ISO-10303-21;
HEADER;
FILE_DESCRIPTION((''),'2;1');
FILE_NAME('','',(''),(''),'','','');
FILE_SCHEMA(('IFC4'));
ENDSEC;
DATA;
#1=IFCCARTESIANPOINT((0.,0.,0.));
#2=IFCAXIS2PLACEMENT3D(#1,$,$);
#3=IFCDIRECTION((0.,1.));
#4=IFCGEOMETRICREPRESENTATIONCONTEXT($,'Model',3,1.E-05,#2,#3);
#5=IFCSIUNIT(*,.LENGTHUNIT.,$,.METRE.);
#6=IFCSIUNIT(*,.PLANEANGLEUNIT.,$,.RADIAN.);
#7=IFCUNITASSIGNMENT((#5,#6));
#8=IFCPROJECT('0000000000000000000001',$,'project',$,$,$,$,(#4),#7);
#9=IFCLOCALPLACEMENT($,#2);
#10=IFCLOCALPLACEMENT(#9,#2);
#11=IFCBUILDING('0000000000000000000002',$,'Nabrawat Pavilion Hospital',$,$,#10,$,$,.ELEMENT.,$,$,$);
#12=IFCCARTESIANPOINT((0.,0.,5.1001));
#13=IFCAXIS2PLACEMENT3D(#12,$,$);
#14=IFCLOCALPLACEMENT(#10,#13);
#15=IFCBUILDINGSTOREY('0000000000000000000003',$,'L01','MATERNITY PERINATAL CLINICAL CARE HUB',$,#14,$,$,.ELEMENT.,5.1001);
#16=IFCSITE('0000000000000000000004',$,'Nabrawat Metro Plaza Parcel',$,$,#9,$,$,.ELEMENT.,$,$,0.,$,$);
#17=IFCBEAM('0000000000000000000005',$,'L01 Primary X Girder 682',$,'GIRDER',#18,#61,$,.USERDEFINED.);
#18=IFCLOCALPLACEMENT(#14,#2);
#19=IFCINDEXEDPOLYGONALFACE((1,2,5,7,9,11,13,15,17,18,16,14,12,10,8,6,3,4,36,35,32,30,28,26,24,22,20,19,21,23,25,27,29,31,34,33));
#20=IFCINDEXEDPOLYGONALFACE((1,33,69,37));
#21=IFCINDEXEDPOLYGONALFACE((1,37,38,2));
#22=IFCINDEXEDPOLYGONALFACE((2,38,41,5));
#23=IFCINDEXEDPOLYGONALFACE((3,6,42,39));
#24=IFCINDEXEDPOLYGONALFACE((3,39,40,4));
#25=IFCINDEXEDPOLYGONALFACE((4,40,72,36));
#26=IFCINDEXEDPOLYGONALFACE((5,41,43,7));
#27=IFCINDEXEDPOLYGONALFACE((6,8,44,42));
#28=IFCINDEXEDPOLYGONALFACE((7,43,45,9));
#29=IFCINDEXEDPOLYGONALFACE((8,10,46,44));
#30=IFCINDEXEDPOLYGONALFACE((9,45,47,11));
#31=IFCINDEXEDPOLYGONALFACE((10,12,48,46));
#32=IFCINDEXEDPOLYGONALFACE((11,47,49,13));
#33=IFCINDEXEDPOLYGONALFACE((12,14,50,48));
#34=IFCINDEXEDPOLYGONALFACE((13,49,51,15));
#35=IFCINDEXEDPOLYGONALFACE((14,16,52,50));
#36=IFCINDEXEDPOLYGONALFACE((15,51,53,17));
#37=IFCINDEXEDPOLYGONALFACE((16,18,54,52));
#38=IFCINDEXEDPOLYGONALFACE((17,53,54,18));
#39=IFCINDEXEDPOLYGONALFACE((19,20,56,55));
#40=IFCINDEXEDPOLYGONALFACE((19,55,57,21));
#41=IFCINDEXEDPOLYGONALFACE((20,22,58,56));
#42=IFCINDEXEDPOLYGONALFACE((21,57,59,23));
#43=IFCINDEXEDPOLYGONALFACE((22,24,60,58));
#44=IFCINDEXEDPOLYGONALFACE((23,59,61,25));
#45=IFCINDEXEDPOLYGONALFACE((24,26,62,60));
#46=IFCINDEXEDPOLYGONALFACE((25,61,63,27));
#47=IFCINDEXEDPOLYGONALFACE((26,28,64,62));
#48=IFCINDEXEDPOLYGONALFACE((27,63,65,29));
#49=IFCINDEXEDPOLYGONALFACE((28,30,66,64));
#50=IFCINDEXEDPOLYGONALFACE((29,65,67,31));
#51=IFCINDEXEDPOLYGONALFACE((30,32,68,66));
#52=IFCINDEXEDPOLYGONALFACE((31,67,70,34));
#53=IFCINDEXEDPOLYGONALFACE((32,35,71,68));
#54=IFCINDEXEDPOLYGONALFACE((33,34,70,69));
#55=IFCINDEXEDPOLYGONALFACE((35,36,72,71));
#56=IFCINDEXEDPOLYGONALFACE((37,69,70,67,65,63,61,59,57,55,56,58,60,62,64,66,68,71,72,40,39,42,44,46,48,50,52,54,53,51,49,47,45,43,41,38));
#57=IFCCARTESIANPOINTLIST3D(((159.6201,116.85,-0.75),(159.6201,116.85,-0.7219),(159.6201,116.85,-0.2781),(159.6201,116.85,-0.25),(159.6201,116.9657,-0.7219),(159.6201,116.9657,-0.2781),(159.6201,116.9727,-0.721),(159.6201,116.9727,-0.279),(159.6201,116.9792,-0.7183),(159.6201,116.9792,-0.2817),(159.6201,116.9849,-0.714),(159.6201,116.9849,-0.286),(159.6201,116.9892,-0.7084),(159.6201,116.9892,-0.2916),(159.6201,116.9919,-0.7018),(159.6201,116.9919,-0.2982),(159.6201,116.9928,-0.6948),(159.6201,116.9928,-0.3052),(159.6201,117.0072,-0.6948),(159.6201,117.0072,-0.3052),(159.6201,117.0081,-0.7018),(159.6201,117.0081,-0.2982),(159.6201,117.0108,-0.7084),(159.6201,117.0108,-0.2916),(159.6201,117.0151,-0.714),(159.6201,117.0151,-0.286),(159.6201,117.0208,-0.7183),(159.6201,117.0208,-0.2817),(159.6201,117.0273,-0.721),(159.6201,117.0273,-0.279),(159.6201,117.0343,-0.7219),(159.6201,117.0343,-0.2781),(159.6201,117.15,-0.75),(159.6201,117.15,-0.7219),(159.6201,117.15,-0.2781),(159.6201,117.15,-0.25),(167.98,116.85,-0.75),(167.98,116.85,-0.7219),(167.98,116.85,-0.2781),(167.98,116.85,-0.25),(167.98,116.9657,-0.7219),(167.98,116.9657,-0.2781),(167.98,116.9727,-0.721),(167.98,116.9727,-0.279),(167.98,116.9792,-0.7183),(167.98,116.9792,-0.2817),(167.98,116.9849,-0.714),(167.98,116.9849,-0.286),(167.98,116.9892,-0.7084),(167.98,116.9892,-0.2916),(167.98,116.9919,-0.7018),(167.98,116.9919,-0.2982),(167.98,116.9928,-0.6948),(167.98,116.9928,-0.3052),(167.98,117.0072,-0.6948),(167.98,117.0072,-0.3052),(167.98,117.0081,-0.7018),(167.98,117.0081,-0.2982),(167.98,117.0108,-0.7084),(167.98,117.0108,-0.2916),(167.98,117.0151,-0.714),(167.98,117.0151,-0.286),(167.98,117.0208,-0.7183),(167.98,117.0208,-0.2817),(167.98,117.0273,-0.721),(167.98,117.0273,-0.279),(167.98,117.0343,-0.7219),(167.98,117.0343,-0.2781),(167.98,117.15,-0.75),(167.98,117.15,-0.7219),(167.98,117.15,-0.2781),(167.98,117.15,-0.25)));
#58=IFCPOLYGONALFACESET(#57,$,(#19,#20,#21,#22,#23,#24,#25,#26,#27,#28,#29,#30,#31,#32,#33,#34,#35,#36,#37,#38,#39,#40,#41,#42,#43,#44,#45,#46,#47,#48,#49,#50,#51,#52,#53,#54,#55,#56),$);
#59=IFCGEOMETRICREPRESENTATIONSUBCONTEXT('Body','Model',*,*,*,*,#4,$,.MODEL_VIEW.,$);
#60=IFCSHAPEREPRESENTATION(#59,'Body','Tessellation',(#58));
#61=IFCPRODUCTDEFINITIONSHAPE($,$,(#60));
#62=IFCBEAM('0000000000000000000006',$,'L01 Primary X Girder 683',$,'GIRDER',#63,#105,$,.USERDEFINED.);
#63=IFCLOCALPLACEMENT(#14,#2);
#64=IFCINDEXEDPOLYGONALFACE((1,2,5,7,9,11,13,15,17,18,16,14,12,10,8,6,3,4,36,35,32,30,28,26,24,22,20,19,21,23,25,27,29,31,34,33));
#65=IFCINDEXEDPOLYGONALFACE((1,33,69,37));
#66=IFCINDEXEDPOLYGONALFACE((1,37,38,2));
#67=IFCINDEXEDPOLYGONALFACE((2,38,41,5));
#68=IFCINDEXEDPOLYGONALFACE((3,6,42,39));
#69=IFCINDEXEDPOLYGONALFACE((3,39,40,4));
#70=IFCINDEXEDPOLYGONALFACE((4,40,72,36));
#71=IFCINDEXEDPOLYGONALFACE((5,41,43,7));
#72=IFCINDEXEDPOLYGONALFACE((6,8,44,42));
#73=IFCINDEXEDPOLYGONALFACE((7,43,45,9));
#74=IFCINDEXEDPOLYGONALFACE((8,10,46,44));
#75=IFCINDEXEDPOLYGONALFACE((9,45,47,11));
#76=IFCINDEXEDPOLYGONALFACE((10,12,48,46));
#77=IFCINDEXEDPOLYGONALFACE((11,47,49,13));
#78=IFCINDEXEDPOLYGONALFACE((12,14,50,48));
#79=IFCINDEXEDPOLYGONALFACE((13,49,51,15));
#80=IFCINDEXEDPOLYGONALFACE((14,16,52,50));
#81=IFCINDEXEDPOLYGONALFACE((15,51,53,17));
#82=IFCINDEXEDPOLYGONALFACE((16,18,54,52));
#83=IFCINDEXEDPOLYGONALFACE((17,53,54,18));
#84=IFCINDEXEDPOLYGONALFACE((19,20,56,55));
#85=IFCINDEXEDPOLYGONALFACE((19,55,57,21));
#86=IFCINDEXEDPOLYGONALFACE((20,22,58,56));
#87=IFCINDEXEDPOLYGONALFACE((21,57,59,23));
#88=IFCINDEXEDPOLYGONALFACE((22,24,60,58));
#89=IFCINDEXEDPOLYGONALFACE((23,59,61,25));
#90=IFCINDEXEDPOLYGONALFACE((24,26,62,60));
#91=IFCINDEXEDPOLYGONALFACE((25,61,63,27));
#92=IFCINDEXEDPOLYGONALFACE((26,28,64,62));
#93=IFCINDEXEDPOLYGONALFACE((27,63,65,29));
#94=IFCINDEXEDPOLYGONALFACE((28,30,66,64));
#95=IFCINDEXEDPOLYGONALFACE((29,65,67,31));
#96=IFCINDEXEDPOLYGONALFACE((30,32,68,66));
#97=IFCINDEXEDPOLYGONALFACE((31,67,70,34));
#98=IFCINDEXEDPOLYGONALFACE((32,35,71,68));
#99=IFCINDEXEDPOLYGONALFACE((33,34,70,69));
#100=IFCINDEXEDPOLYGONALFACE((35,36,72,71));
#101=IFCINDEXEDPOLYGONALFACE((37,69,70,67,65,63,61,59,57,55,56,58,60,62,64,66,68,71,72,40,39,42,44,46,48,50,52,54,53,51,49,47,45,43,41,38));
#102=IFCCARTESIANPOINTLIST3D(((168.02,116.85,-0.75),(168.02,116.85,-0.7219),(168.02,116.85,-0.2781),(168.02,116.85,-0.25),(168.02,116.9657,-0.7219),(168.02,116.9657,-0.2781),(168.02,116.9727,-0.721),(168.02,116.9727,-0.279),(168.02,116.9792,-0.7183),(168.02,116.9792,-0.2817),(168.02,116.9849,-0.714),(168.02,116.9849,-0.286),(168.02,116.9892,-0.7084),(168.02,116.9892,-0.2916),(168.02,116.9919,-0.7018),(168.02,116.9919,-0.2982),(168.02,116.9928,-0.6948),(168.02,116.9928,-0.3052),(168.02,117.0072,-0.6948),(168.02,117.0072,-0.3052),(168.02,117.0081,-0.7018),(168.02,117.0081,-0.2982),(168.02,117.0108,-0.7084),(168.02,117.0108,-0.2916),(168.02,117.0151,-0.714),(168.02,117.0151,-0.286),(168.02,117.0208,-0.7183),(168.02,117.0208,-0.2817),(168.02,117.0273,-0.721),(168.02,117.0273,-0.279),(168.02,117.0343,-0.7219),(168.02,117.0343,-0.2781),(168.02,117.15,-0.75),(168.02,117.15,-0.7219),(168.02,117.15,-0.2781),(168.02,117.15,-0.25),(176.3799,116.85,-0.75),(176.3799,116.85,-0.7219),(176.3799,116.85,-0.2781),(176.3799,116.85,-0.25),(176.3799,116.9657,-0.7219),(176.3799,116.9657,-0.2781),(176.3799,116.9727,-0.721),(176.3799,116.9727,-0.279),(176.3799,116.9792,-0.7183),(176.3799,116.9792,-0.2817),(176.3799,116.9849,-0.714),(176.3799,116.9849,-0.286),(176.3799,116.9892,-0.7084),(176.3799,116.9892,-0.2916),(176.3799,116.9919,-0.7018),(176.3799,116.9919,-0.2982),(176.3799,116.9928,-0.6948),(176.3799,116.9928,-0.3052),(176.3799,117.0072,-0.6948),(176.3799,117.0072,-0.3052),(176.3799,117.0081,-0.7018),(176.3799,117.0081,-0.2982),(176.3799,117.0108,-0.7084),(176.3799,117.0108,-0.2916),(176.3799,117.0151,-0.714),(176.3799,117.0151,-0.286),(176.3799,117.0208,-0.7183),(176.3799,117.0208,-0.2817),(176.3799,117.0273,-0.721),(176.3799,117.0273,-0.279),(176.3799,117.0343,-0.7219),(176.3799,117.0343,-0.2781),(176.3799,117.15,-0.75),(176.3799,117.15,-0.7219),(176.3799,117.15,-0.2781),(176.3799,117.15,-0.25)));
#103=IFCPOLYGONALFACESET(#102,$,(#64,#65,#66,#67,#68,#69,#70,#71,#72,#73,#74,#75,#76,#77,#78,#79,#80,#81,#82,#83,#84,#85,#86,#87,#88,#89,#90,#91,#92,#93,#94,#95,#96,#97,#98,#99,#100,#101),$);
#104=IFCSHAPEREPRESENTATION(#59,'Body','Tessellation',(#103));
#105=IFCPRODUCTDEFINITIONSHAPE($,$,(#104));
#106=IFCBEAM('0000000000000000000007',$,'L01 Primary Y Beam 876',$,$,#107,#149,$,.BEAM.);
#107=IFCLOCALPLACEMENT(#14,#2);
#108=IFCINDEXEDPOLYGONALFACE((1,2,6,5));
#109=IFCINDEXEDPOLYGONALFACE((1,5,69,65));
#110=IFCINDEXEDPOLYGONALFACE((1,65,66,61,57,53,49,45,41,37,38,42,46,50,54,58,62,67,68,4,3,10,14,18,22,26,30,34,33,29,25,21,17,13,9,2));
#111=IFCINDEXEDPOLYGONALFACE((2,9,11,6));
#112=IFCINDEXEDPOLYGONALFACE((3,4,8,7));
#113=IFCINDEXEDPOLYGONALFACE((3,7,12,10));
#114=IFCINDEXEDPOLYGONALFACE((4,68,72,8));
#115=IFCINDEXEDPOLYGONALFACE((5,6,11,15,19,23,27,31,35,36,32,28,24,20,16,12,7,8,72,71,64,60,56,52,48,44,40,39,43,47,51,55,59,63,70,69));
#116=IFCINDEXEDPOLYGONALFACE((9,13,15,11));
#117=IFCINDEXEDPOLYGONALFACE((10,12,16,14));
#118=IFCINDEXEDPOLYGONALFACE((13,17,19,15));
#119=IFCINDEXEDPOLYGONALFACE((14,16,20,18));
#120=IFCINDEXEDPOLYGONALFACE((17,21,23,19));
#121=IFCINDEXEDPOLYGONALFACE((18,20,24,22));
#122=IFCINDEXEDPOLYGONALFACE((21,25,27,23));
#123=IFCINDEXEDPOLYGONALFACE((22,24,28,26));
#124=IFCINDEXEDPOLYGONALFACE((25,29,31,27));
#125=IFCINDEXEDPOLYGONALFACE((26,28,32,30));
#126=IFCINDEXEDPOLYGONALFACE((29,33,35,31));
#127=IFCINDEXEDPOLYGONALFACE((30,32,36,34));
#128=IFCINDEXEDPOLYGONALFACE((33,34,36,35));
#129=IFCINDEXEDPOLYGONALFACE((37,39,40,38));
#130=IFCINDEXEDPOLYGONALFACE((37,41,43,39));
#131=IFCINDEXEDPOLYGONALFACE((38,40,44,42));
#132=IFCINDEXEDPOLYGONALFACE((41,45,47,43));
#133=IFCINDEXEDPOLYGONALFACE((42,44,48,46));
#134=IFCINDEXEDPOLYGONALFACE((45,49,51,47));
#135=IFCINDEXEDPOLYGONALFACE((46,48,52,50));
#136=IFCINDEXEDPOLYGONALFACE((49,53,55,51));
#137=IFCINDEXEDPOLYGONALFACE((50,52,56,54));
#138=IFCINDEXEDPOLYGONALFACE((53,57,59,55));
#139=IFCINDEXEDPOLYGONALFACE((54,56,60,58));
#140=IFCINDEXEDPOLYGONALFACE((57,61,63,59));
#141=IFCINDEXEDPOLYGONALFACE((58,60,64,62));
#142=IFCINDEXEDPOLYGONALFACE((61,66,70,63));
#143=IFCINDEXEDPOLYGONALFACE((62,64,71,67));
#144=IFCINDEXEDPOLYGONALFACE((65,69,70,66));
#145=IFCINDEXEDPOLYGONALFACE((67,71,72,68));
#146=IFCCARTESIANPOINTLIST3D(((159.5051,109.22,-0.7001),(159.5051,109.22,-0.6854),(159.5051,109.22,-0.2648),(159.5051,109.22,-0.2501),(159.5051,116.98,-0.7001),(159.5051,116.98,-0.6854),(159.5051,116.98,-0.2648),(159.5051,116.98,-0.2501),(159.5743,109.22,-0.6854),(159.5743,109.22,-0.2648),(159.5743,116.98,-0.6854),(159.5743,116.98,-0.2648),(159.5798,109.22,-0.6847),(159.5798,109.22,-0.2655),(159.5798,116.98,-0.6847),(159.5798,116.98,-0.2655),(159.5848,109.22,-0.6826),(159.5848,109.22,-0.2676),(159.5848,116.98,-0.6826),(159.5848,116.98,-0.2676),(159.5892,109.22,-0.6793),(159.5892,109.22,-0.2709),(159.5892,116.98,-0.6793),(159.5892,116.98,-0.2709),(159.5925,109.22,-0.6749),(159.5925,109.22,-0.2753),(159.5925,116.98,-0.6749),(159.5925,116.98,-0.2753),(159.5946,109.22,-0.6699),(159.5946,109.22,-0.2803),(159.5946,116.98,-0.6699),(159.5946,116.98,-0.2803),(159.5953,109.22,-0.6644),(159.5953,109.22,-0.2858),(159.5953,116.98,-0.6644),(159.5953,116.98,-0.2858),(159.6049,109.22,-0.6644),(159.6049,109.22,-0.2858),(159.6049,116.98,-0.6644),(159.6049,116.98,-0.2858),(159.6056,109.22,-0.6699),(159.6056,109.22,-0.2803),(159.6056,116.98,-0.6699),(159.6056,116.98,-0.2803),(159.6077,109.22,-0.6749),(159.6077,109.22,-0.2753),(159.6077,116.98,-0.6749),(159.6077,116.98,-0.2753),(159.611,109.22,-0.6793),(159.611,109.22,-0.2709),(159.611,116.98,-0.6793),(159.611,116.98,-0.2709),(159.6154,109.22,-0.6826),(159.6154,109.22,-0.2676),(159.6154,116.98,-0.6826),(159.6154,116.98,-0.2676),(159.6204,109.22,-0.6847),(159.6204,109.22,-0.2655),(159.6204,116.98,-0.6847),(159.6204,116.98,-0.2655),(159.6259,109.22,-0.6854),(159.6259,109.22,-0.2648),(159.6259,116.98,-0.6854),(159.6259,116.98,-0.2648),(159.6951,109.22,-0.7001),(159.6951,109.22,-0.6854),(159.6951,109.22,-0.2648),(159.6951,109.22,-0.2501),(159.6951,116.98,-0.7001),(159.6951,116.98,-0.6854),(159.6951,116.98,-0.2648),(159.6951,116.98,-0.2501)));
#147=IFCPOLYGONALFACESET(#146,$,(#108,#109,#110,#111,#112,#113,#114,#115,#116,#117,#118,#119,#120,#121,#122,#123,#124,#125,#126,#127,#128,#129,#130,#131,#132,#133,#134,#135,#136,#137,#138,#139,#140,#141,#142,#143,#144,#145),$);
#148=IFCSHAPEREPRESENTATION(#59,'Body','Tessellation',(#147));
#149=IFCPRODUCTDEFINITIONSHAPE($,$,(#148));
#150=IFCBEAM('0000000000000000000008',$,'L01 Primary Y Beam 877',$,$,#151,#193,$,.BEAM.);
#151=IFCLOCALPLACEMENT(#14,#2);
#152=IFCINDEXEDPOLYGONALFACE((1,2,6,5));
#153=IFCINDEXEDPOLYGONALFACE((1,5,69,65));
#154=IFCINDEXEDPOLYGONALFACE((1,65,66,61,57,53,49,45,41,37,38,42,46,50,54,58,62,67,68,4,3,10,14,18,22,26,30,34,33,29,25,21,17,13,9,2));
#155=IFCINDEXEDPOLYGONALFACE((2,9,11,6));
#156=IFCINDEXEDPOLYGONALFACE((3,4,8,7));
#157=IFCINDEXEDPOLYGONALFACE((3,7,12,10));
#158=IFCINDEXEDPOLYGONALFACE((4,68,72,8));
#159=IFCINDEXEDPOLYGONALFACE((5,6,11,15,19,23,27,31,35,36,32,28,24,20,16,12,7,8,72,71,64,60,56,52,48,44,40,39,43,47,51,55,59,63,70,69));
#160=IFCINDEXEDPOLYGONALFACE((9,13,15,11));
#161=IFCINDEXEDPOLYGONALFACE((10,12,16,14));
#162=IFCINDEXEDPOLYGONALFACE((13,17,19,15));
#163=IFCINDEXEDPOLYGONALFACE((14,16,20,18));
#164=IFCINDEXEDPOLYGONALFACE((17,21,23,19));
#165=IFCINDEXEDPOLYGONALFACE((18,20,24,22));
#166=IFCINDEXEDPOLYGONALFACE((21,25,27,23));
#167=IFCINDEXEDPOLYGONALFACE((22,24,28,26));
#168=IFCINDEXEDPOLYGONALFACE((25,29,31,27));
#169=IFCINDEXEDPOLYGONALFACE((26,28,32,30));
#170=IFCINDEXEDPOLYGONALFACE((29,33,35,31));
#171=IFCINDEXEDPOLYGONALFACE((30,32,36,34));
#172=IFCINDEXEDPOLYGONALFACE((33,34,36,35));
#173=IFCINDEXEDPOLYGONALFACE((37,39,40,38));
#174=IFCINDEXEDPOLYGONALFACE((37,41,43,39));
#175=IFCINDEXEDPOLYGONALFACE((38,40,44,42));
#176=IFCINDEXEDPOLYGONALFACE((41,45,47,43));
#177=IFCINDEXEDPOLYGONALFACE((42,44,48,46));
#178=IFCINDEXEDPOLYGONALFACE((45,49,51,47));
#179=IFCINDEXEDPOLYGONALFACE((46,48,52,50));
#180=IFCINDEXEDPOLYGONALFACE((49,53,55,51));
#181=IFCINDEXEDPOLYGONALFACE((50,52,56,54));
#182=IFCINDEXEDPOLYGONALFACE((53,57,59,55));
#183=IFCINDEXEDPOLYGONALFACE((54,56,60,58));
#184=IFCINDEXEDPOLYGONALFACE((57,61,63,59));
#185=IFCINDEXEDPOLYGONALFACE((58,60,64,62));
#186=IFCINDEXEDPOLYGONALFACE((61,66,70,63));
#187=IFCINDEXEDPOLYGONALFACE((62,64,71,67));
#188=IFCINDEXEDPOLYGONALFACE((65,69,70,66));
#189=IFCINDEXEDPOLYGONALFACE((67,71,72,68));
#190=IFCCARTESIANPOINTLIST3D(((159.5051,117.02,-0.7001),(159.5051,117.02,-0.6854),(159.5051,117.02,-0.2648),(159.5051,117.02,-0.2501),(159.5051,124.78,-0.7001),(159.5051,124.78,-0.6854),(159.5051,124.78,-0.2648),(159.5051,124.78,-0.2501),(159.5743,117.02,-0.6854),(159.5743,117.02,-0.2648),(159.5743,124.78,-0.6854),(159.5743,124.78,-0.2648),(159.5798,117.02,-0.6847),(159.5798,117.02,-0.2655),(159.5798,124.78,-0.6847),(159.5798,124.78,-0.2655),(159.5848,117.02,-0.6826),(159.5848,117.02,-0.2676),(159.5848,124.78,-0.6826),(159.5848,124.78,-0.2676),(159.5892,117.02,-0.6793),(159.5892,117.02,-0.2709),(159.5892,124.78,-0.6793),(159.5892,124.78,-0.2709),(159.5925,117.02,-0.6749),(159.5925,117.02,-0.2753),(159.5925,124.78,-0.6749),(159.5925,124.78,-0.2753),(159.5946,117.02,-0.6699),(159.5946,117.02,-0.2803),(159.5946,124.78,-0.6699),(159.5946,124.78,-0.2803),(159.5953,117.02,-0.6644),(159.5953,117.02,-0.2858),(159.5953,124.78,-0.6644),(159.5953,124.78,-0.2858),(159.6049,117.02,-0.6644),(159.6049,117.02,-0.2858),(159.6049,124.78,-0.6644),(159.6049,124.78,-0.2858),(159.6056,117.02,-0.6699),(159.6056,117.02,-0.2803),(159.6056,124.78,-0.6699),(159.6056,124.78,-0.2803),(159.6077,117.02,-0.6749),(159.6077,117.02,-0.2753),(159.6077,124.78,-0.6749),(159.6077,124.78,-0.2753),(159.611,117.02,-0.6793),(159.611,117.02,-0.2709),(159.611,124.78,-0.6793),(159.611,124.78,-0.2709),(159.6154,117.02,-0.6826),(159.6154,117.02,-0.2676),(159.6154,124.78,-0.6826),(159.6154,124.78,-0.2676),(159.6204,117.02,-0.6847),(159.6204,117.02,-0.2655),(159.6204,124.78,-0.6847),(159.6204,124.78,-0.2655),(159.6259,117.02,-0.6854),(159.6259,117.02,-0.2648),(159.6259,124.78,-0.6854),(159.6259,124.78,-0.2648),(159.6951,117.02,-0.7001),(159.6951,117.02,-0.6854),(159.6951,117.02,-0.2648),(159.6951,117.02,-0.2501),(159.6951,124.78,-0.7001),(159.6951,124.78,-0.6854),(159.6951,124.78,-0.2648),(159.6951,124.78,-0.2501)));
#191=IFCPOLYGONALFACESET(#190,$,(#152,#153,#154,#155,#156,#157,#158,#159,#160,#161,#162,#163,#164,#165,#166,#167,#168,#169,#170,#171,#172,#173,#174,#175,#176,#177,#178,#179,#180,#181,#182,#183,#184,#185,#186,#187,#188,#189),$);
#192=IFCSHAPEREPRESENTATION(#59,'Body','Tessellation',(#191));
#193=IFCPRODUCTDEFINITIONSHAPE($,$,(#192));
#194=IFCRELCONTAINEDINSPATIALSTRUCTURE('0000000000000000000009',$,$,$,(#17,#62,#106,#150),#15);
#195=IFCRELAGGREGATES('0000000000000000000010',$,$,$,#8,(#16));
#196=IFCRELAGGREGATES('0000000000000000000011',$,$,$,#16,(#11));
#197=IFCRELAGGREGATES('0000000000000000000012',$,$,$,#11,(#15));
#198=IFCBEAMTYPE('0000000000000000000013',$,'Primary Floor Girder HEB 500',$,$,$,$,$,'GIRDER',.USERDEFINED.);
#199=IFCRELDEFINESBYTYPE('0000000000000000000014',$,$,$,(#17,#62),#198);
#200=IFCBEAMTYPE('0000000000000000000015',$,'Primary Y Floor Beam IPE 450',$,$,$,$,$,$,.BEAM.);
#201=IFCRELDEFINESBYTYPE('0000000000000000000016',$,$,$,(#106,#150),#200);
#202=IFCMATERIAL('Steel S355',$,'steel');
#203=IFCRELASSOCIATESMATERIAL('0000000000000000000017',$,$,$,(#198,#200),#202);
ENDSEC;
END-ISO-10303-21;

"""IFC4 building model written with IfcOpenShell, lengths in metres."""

from ifc_helpers import new_model, si_unit, direction, frame, origin, origin_2d, place, context, subcontext, project, spatial, i_section, extrude, material, material_profile, profile_set, type_object, element, save


model = new_model("IFC4")

# Units and contexts
model_context = context("Model", 3, precision=1e-05, world=origin(), true_north=direction((0.0, 1.0)))
body_context = subcontext(model_context, "Body", "Model", "MODEL_VIEW")
ifc_project = project(units=[si_unit("LENGTHUNIT", "METRE"), si_unit("PLANEANGLEUNIT", "RADIAN")], contexts=[model_context])

# Site, building, storey
site_placement = place(None, origin())
site = spatial("IfcSite", under=ifc_project, at=site_placement, Name="Nabrawat Metro Plaza Parcel", CompositionType="ELEMENT", RefElevation=0.0)
building_placement = place(site_placement, origin())
building = spatial("IfcBuilding", under=site, at=building_placement, Name="Nabrawat Pavilion Hospital", CompositionType="ELEMENT")
storey_placement = place(building_placement, frame((0.0, 0.0, 5.1001)))
storey = spatial("IfcBuildingStorey", under=building, at=storey_placement, Name="L01", Description="MATERNITY PERINATAL CLINICAL CARE HUB", CompositionType="ELEMENT", Elevation=5.1001)

# Shared definitions
ifc_material_1 = material(Name="Steel S355", Category="steel")

# Beams
ifc_material_profile_1 = material_profile(ifc_material_1, i_section(OverallWidth=0.3, OverallDepth=0.5, WebThickness=0.0144, FlangeThickness=0.0281, FilletRadius=0.0271, at=origin_2d()), Name="HEB 500")
ifc_profile_set_1 = profile_set([ifc_material_profile_1], Name="Steel S355")
beam_type_1 = type_object("IfcBeamType", Name="Primary Floor Girder HEB 500", ElementType="GIRDER", PredefinedType="USERDEFINED", material=ifc_profile_set_1)
for number, where, z_axis, x_axis, name in (
    (1, (159.6201, 117.0, -0.5), (1.0, 0.0, 0.0), (0.0, 1.0, 0.0), "L01 Primary X Girder 682"),
    (2, (168.02, 117.0, -0.5), (1.0, 0.0, 0.0), (0.0, 1.0, 0.0), "L01 Primary X Girder 683"),
):
    element("IfcBeam", number, at=place(storey_placement, frame(where, z_axis=z_axis, x_axis=x_axis)), inside=storey, type_object=beam_type_1, Name=name, ObjectType="GIRDER", PredefinedType="USERDEFINED", context=body_context, shape_type="SweptSolid", body=[
        extrude(i_section(OverallWidth=0.3, OverallDepth=0.5, WebThickness=0.0144, FlangeThickness=0.0281, FilletRadius=0.0271, at=origin_2d()), origin(), (0.0, 0.0, 1.0), 8.3599),
    ])
ifc_material_profile_2 = material_profile(ifc_material_1, i_section(OverallWidth=0.1899, OverallDepth=0.45, WebThickness=0.0095, FlangeThickness=0.0146, FilletRadius=0.021, at=origin_2d()), Name="IPE 450")
ifc_profile_set_2 = profile_set([ifc_material_profile_2], Name="Steel S355")
beam_type_2 = type_object("IfcBeamType", Name="Primary Y Floor Beam IPE 450", PredefinedType="BEAM", material=ifc_profile_set_2)
for number, where, z_axis, x_axis, name in (
    (3, (159.6001, 109.22, -0.4751), (0.0, 1.0, 0.0), (-1.0, 0.0, 0.0), "L01 Primary Y Beam 876"),
    (4, (159.6001, 117.02, -0.4751), (0.0, 1.0, 0.0), (-1.0, 0.0, 0.0), "L01 Primary Y Beam 877"),
):
    element("IfcBeam", number, at=place(storey_placement, frame(where, z_axis=z_axis, x_axis=x_axis)), inside=storey, type_object=beam_type_2, Name=name, PredefinedType="BEAM", context=body_context, shape_type="SweptSolid", body=[
        extrude(i_section(OverallWidth=0.1899, OverallDepth=0.45, WebThickness=0.0095, FlangeThickness=0.0146, FilletRadius=0.021, at=origin_2d()), origin(), (0.0, 0.0, 1.0), 7.76),
    ])

save(model, "model.ifc")
